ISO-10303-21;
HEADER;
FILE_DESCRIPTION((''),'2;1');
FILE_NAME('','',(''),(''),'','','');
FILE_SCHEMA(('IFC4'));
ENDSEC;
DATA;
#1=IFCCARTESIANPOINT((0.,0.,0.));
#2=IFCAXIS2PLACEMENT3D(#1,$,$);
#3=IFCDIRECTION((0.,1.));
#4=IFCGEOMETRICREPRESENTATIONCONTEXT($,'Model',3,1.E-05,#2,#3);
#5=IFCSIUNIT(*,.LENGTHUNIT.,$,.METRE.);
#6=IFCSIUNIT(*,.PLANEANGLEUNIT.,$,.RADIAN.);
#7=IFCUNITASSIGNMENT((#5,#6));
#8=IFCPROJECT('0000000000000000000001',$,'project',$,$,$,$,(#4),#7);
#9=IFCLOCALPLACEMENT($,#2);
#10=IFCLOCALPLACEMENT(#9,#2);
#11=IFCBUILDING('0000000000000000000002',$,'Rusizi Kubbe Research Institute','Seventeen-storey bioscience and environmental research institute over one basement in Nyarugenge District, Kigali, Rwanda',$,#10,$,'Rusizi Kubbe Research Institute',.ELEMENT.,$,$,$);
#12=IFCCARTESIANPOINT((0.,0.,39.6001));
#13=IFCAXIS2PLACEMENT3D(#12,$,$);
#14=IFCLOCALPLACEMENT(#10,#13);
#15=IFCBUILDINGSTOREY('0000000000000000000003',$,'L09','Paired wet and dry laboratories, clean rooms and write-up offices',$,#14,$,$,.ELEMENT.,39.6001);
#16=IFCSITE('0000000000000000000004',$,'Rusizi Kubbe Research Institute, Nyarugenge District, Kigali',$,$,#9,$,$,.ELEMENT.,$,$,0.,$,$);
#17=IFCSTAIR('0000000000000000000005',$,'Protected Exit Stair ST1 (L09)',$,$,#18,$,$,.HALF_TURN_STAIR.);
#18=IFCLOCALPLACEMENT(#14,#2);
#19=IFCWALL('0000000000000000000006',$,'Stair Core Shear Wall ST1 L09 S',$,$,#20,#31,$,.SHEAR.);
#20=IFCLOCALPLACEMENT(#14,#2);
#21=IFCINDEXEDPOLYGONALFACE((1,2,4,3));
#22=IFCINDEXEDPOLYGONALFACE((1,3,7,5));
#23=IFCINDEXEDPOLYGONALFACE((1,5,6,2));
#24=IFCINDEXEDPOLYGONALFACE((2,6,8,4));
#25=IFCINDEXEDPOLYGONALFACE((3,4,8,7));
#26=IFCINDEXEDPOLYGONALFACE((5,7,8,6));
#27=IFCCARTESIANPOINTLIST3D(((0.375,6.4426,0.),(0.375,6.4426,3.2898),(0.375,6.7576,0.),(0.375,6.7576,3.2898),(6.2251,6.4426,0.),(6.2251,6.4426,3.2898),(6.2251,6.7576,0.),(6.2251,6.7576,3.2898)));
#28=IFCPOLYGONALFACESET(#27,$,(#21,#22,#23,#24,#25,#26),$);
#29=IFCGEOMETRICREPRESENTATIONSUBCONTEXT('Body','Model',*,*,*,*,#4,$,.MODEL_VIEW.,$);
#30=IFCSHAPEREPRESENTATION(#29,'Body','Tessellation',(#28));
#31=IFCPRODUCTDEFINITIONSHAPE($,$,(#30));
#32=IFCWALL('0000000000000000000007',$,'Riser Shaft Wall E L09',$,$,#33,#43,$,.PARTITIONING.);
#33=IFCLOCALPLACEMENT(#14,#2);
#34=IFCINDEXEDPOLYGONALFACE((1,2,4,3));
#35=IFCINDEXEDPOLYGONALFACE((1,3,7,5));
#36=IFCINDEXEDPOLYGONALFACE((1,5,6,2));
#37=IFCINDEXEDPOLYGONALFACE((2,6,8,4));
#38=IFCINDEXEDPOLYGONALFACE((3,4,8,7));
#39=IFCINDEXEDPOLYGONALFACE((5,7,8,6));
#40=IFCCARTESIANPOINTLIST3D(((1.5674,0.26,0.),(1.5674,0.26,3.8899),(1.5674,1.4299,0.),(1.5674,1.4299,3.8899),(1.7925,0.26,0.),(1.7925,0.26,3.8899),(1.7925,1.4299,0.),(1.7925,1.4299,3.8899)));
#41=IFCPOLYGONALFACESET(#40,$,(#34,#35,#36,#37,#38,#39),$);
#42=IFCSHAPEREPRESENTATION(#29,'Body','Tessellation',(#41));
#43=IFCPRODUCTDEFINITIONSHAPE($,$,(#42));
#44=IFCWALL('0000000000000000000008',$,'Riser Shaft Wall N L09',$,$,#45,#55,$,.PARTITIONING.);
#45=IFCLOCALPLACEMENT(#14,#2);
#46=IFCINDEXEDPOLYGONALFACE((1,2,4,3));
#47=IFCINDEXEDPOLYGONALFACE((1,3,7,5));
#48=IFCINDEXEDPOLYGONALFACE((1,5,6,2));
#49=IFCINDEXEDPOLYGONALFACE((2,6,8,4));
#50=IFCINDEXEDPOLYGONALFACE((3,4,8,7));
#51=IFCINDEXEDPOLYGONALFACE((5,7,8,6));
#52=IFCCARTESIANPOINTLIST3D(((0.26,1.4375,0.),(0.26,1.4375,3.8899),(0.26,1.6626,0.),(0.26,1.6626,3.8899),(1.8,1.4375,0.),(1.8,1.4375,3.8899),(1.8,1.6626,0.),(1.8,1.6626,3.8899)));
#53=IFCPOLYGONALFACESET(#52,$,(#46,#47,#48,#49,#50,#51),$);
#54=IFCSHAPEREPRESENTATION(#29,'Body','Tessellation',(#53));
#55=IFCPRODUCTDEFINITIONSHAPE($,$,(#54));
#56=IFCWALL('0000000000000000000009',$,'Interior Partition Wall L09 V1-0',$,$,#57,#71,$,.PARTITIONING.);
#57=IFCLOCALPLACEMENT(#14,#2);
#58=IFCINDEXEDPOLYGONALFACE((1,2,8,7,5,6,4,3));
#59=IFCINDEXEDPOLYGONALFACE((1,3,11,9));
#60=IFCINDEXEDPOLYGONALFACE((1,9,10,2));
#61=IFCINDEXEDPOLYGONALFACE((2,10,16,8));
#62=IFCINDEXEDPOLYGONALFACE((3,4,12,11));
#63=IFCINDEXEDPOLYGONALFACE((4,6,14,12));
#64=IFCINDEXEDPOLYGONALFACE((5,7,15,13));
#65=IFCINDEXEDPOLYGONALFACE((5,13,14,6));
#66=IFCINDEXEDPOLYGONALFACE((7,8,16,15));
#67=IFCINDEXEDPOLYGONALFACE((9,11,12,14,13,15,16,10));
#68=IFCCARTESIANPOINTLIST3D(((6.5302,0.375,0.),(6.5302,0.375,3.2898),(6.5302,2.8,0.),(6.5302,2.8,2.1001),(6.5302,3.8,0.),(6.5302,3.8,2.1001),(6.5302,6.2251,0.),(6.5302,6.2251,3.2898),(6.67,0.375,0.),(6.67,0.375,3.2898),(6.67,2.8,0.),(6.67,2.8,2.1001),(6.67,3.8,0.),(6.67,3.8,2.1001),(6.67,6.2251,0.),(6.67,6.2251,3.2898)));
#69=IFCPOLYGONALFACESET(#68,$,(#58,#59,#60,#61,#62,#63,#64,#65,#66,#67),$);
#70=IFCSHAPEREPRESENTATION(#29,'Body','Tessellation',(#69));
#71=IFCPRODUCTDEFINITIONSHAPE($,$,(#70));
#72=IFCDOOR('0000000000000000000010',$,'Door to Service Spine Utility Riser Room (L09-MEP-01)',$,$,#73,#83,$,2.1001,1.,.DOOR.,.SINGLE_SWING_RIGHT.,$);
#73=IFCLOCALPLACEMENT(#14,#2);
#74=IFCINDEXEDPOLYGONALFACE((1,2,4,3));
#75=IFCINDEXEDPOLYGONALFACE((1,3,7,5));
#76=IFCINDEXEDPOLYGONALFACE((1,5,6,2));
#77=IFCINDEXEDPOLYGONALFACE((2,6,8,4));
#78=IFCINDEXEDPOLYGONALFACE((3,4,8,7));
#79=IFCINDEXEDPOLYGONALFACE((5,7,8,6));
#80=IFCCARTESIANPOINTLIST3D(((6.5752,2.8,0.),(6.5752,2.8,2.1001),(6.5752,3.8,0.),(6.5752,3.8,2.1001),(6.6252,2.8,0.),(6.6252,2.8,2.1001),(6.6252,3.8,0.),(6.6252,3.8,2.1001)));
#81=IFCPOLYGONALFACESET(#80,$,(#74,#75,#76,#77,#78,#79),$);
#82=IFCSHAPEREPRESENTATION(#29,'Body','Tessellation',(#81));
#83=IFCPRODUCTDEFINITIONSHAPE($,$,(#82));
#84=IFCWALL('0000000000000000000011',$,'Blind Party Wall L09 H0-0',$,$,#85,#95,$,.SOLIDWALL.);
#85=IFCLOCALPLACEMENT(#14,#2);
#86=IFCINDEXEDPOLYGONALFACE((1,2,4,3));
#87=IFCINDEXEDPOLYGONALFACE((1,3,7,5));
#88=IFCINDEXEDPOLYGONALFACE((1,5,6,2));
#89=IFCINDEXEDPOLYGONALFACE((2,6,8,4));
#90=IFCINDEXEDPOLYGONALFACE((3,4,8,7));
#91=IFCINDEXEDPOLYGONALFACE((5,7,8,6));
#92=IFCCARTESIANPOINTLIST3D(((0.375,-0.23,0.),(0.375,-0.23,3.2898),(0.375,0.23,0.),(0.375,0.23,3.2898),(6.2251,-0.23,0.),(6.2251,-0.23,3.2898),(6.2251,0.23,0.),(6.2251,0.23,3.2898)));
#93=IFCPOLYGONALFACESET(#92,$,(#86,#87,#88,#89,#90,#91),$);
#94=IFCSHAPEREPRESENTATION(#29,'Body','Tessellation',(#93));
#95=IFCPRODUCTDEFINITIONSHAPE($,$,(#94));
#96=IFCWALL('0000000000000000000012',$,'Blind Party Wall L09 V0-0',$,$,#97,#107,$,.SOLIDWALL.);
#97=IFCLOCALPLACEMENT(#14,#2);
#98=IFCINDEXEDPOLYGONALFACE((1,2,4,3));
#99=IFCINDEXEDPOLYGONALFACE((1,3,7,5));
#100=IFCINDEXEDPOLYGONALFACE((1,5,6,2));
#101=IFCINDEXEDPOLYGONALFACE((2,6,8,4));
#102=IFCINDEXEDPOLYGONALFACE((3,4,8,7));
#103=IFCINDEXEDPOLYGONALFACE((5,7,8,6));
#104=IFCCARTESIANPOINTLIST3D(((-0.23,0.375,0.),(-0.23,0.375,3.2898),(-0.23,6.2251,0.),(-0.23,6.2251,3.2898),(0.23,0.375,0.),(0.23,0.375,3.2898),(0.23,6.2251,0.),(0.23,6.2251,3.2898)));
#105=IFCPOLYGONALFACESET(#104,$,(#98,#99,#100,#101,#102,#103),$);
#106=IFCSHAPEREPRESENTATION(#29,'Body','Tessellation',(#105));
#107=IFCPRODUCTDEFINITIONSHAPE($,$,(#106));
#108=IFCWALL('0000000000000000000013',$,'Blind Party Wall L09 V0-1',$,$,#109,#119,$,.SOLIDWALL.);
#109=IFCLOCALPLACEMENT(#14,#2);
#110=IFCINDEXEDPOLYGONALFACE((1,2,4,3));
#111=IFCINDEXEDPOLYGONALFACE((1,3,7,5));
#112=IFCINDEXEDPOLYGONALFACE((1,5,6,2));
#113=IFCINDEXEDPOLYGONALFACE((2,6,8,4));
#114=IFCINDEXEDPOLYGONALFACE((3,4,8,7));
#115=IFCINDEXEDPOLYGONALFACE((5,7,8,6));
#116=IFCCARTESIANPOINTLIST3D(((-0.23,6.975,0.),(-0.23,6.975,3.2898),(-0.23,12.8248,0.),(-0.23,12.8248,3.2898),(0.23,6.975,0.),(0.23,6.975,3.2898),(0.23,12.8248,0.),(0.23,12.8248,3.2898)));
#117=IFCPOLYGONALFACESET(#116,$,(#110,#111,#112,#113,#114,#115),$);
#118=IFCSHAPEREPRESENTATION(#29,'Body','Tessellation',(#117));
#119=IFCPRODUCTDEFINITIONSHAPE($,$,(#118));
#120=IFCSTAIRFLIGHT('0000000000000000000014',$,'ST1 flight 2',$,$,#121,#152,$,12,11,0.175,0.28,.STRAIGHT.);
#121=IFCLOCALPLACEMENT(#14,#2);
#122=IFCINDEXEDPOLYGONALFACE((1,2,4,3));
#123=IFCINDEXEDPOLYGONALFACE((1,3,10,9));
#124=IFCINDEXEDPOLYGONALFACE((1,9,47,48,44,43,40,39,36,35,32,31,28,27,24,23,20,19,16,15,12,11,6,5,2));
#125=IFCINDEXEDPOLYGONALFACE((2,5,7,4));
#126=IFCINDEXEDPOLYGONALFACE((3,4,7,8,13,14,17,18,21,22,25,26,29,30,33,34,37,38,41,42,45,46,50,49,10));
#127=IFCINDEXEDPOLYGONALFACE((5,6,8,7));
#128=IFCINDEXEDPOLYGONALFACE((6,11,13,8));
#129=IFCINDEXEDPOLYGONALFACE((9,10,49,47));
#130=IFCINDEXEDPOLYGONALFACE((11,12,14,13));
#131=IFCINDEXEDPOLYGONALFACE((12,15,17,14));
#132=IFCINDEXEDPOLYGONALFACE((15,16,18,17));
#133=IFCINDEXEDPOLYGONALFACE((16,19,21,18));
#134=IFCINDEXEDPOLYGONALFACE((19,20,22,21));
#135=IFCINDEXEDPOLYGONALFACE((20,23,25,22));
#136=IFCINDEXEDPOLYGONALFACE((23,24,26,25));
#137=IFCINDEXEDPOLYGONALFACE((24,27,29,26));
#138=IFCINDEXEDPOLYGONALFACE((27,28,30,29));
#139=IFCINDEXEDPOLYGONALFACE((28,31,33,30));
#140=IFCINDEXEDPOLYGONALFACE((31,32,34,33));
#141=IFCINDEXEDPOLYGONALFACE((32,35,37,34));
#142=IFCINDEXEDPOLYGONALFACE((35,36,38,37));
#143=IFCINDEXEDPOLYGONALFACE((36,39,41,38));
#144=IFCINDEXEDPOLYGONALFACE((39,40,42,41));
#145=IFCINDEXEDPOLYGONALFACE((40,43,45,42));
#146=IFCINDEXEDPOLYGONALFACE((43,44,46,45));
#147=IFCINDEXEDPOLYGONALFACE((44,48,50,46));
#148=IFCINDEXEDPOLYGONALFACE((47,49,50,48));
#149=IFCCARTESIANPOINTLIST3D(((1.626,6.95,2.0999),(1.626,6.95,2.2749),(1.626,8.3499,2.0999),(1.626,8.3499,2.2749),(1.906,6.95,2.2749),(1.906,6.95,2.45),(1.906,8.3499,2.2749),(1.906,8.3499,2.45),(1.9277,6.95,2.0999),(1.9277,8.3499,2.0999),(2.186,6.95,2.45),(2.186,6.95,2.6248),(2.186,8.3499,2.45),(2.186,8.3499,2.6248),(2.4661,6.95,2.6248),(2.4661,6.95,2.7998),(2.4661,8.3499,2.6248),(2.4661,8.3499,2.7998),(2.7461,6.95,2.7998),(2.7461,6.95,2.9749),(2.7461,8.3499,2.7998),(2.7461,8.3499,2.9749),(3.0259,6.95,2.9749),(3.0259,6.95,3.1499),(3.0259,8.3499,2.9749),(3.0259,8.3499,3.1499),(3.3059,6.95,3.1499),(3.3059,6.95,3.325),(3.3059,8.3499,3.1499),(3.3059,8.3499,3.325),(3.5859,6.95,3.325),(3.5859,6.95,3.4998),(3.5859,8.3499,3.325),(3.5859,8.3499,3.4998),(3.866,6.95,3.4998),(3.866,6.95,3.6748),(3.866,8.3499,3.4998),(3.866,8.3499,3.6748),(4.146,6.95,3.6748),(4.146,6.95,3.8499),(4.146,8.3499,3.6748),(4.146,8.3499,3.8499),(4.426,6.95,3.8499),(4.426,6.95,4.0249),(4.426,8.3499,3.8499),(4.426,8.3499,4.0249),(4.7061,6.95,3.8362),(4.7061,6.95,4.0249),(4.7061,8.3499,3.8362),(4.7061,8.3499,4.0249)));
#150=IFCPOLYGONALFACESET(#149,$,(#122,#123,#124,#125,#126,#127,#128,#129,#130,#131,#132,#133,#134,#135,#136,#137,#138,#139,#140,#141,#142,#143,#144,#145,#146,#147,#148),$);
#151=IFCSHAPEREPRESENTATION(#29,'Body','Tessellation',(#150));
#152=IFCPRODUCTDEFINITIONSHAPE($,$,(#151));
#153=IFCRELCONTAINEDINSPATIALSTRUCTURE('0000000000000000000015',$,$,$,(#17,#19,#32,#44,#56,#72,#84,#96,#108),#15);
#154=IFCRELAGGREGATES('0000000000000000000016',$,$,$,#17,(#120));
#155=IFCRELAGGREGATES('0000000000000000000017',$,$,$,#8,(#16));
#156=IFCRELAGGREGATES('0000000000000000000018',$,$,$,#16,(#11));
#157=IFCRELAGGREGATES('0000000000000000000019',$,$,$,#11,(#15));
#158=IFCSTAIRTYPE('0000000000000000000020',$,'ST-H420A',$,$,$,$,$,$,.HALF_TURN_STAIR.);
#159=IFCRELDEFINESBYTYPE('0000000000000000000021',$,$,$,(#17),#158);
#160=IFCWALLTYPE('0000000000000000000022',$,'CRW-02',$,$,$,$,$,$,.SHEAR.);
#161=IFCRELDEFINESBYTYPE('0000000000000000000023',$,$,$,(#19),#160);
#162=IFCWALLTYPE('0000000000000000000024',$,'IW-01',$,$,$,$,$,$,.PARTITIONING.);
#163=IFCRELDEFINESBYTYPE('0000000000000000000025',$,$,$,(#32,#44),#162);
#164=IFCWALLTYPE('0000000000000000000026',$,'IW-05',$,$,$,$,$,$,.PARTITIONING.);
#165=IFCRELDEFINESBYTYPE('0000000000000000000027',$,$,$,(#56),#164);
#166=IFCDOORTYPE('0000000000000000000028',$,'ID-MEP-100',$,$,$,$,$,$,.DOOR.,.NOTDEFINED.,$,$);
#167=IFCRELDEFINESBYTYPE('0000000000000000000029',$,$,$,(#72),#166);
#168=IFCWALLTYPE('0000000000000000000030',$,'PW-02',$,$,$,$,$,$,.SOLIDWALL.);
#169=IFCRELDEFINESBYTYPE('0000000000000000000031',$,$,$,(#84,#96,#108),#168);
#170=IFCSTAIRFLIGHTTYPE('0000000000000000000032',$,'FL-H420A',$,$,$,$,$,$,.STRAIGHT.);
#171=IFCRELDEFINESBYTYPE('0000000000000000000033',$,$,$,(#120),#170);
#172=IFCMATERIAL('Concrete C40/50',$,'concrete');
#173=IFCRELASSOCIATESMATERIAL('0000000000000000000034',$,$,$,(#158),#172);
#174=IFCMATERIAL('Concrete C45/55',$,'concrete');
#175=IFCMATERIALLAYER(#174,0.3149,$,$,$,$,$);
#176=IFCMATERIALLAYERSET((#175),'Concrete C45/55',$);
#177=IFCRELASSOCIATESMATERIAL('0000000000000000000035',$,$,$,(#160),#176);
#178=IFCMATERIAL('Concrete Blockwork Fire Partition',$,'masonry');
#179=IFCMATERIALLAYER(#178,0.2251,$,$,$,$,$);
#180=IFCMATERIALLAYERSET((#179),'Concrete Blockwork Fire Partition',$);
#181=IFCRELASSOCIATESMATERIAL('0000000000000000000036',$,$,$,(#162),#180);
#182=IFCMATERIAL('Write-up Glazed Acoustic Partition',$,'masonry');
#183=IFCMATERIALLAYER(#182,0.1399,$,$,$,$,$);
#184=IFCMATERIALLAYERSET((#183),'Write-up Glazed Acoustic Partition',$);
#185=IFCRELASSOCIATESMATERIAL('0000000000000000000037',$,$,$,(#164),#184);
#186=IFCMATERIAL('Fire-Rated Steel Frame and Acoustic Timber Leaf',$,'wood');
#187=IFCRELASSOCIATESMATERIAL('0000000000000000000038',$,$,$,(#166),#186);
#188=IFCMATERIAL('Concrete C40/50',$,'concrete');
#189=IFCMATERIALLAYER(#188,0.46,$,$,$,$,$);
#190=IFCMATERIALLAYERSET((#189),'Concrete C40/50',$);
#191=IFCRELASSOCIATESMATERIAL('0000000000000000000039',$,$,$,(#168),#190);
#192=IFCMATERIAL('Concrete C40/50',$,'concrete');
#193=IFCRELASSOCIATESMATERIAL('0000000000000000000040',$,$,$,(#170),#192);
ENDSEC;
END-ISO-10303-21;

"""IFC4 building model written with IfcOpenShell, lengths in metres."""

from ifc_helpers import new_model, si_unit, direction, frame, frame_2d, origin, place, context, subcontext, project, spatial, polyline, rectangle, outline, extrude, material, layer, layer_set, type_object, element, fill, aggregate, save


model = new_model("IFC4")

# Units and contexts
model_context = context("Model", 3, precision=1e-05, world=origin(), true_north=direction((0.0, 1.0)))
body_context = subcontext(model_context, "Body", "Model", "MODEL_VIEW")
ifc_project = project(units=[si_unit("LENGTHUNIT", "METRE"), si_unit("PLANEANGLEUNIT", "RADIAN")], contexts=[model_context])

# Site, building, storey
site_placement = place(None, origin())
site = spatial("IfcSite", under=ifc_project, at=site_placement, Name="Rusizi Kubbe Research Institute, Nyarugenge District, Kigali", CompositionType="ELEMENT", RefElevation=0.0)
building_placement = place(site_placement, origin())
building = spatial("IfcBuilding", under=site, at=building_placement, Name="Rusizi Kubbe Research Institute", Description="Seventeen-storey bioscience and environmental research institute over one basement in Nyarugenge District, Kigali, Rwanda", LongName="Rusizi Kubbe Research Institute", CompositionType="ELEMENT")
storey_placement = place(building_placement, frame((0.0, 0.0, 39.6001)))
storey = spatial("IfcBuildingStorey", under=building, at=storey_placement, Name="L09", Description="Paired wet and dry laboratories, clean rooms and write-up offices", CompositionType="ELEMENT", Elevation=39.6001)

# Stair
ifc_material_1 = material(Name="Concrete C40/50", Category="concrete")
stair_type_1 = type_object("IfcStairType", Name="ST-H420A", PredefinedType="HALF_TURN_STAIR", material=ifc_material_1)
stair_1_placement = place(storey_placement, origin())
stair_1 = element("IfcStair", 1, at=stair_1_placement, inside=storey, type_object=stair_type_1, Name="Protected Exit Stair ST1 (L09)", PredefinedType="HALF_TURN_STAIR")

# Walls
ifc_material_2 = material(Name="Concrete C45/55", Category="concrete")
ifc_layer_1 = layer(ifc_material_2, 0.3149)
ifc_layer_set_1 = layer_set([ifc_layer_1], Name="Concrete C45/55")
wall_type_1 = type_object("IfcWallType", Name="CRW-02", PredefinedType="SHEAR", material=ifc_layer_set_1)
wall_1_placement = place(storey_placement, frame((0.375, 6.6001, 0.0), z_axis=(0.0, 0.0, 1.0), x_axis=(1.0, 0.0, 0.0)))
element("IfcWall", 2, at=wall_1_placement, inside=storey, type_object=wall_type_1, Name="Stair Core Shear Wall ST1 L09 S", PredefinedType="SHEAR", context=body_context, shape_type="SweptSolid", body=[
    extrude(rectangle(XDim=5.8501, YDim=0.3149, at=frame_2d((2.925, 0.0))), origin(), (0.0, 0.0, 1.0), 3.2898),
])
ifc_material_3 = material(Name="Concrete Blockwork Fire Partition", Category="masonry")
ifc_layer_2 = layer(ifc_material_3, 0.2251)
ifc_layer_set_2 = layer_set([ifc_layer_2], Name="Concrete Blockwork Fire Partition")
wall_type_2 = type_object("IfcWallType", Name="IW-01", PredefinedType="PARTITIONING", material=ifc_layer_set_2)
wall_2_placement = place(storey_placement, frame((1.6799, 0.26, 0.0), z_axis=(0.0, 0.0, 1.0), x_axis=(0.0, 1.0, 0.0)))
element("IfcWall", 3, at=wall_2_placement, inside=storey, type_object=wall_type_2, Name="Riser Shaft Wall E L09", PredefinedType="PARTITIONING", context=body_context, shape_type="SweptSolid", body=[
    extrude(rectangle(XDim=1.1699, YDim=0.2251, at=frame_2d((0.585, 0.0))), origin(), (0.0, 0.0, 1.0), 3.8899),
])
wall_3_placement = place(storey_placement, frame((0.26, 1.55, 0.0), z_axis=(0.0, 0.0, 1.0), x_axis=(1.0, 0.0, 0.0)))
element("IfcWall", 4, at=wall_3_placement, inside=storey, type_object=wall_type_2, Name="Riser Shaft Wall N L09", PredefinedType="PARTITIONING", context=body_context, shape_type="SweptSolid", body=[
    extrude(rectangle(XDim=1.54, YDim=0.2251, at=frame_2d((0.77, 0.0))), origin(), (0.0, 0.0, 1.0), 3.8899),
])

# Wall, opening, door
ifc_material_4 = material(Name="Write-up Glazed Acoustic Partition", Category="masonry")
ifc_layer_3 = layer(ifc_material_4, 0.1399)
ifc_layer_set_3 = layer_set([ifc_layer_3], Name="Write-up Glazed Acoustic Partition")
wall_type_3 = type_object("IfcWallType", Name="IW-05", PredefinedType="PARTITIONING", material=ifc_layer_set_3)
wall_4_placement = place(storey_placement, frame((6.6001, 0.375, 0.0), z_axis=(0.0, 0.0, 1.0), x_axis=(0.0, 1.0, 0.0)))
wall_4 = element("IfcWall", 5, at=wall_4_placement, inside=storey, type_object=wall_type_3, Name="Interior Partition Wall L09 V1-0", PredefinedType="PARTITIONING", context=body_context, shape_type="SweptSolid", body=[
    extrude(rectangle(XDim=5.8501, YDim=0.1399, at=frame_2d((2.925, 0.0))), origin(), (0.0, 0.0, 1.0), 3.2898),
])
opening_placement = place(wall_4_placement, frame((2.425, 0.0, 0.0)))
opening = element("IfcOpeningElement", 6, at=opening_placement, cuts=wall_4, PredefinedType="OPENING", context=body_context, shape_type="SweptSolid", body=[
    extrude(rectangle(XDim=1.0, YDim=2.1001, at=frame_2d((0.5, 1.05))), frame((0.0, 0.0798, 0.0), z_axis=(0.0, -1.0, 0.0), x_axis=(1.0, 0.0, 0.0)), (0.0, 0.0, 1.0), 0.1599),
])
ifc_material_5 = material(Name="Fire-Rated Steel Frame and Acoustic Timber Leaf", Category="wood")
door_type = type_object("IfcDoorType", Name="ID-MEP-100", OperationType="NOTDEFINED", PredefinedType="DOOR", material=ifc_material_5)
door_placement = place(opening_placement, origin())
door = element("IfcDoor", 7, at=door_placement, inside=storey, type_object=door_type, Name="Door to Service Spine Utility Riser Room (L09-MEP-01)", OperationType="SINGLE_SWING_RIGHT", OverallHeight=2.1001, OverallWidth=1.0, PredefinedType="DOOR", context=body_context, shape_type="SweptSolid", body=[
    extrude(rectangle(XDim=1.0, YDim=2.1001, at=frame_2d((0.5, 1.05))), frame((0.0, 0.0249, 0.0), z_axis=(0.0, -1.0, 0.0), x_axis=(1.0, 0.0, 0.0)), (0.0, 0.0, 1.0), 0.05),
])
fill(opening, door)

# Walls
ifc_material_6 = material(Name="Concrete C40/50", Category="concrete")
ifc_layer_4 = layer(ifc_material_6, 0.46)
ifc_layer_set_4 = layer_set([ifc_layer_4], Name="Concrete C40/50")
wall_type_4 = type_object("IfcWallType", Name="PW-02", PredefinedType="SOLIDWALL", material=ifc_layer_set_4)
for number, where, z_axis, x_axis, name in (
    (8, (0.375, 0.0, 0.0), (0.0, 0.0, 1.0), (1.0, 0.0, 0.0), "Blind Party Wall L09 H0-0"),
    (9, (0.0, 0.375, 0.0), (0.0, 0.0, 1.0), (0.0, 1.0, 0.0), "Blind Party Wall L09 V0-0"),
):
    element("IfcWall", number, at=place(storey_placement, frame(where, z_axis=z_axis, x_axis=x_axis)), inside=storey, type_object=wall_type_4, Name=name, PredefinedType="SOLIDWALL", context=body_context, shape_type="SweptSolid", body=[
        extrude(rectangle(XDim=5.8501, YDim=0.46, at=frame_2d((2.925, 0.0))), origin(), (0.0, 0.0, 1.0), 3.2898),
    ])
wall_5_placement = place(storey_placement, frame((0.0, 6.9751, 0.0), z_axis=(0.0, 0.0, 1.0), x_axis=(0.0, 1.0, 0.0)))
element("IfcWall", 10, at=wall_5_placement, inside=storey, type_object=wall_type_4, Name="Blind Party Wall L09 V0-1", PredefinedType="SOLIDWALL", context=body_context, shape_type="SweptSolid", body=[
    extrude(rectangle(XDim=5.8499, YDim=0.46, at=frame_2d((2.9248, 0.0))), origin(), (0.0, 0.0, 1.0), 3.2898),
])

# Stair flight
ifc_material_7 = material(Name="Concrete C40/50", Category="concrete")
stair_flight_type = type_object("IfcStairFlightType", Name="FL-H420A", PredefinedType="STRAIGHT", material=ifc_material_7)
stair_flight_placement = place(storey_placement, frame((1.626, 7.6499, 2.0999), z_axis=(0.0, 0.0, 1.0), x_axis=(1.0, 0.0, 0.0)))
stair_flight = element("IfcStairFlight", 11, at=stair_flight_placement, type_object=stair_flight_type, Name="ST1 flight 2", NumberOfRisers=12, NumberOfTreads=11, PredefinedType="STRAIGHT", RiserHeight=0.175, TreadLength=0.28, context=body_context, shape_type="SweptSolid", body=[
    extrude(outline(polyline([(0.0, 0.0), (0.0, 0.175), (0.28, 0.175), (0.28, 0.3501), (0.5601, 0.3501), (0.5601, 0.5249), (0.8401, 0.5249), (0.8401, 0.7), (1.1201, 0.7), (1.1201, 0.875), (1.3999, 0.875), (1.3999, 1.05), (1.6799, 1.05), (1.6799, 1.2251), (1.96, 1.2251), (1.96, 1.3999), (2.24, 1.3999), (2.24, 1.575), (2.52, 1.575), (2.52, 1.75), (2.8, 1.75), (2.8, 1.925), (3.0801, 1.925), (3.0801, 2.1001), (3.0801, 1.7363), (0.3018, 0.0), (0.0, 0.0)])), frame((0.0, 0.7, 0.0), z_axis=(0.0, -1.0, 0.0), x_axis=(1.0, 0.0, 0.0)), (0.0, 0.0, 1.0), 1.3999),
])
aggregate(stair_1, [stair_flight])

save(model, "model.ifc")
